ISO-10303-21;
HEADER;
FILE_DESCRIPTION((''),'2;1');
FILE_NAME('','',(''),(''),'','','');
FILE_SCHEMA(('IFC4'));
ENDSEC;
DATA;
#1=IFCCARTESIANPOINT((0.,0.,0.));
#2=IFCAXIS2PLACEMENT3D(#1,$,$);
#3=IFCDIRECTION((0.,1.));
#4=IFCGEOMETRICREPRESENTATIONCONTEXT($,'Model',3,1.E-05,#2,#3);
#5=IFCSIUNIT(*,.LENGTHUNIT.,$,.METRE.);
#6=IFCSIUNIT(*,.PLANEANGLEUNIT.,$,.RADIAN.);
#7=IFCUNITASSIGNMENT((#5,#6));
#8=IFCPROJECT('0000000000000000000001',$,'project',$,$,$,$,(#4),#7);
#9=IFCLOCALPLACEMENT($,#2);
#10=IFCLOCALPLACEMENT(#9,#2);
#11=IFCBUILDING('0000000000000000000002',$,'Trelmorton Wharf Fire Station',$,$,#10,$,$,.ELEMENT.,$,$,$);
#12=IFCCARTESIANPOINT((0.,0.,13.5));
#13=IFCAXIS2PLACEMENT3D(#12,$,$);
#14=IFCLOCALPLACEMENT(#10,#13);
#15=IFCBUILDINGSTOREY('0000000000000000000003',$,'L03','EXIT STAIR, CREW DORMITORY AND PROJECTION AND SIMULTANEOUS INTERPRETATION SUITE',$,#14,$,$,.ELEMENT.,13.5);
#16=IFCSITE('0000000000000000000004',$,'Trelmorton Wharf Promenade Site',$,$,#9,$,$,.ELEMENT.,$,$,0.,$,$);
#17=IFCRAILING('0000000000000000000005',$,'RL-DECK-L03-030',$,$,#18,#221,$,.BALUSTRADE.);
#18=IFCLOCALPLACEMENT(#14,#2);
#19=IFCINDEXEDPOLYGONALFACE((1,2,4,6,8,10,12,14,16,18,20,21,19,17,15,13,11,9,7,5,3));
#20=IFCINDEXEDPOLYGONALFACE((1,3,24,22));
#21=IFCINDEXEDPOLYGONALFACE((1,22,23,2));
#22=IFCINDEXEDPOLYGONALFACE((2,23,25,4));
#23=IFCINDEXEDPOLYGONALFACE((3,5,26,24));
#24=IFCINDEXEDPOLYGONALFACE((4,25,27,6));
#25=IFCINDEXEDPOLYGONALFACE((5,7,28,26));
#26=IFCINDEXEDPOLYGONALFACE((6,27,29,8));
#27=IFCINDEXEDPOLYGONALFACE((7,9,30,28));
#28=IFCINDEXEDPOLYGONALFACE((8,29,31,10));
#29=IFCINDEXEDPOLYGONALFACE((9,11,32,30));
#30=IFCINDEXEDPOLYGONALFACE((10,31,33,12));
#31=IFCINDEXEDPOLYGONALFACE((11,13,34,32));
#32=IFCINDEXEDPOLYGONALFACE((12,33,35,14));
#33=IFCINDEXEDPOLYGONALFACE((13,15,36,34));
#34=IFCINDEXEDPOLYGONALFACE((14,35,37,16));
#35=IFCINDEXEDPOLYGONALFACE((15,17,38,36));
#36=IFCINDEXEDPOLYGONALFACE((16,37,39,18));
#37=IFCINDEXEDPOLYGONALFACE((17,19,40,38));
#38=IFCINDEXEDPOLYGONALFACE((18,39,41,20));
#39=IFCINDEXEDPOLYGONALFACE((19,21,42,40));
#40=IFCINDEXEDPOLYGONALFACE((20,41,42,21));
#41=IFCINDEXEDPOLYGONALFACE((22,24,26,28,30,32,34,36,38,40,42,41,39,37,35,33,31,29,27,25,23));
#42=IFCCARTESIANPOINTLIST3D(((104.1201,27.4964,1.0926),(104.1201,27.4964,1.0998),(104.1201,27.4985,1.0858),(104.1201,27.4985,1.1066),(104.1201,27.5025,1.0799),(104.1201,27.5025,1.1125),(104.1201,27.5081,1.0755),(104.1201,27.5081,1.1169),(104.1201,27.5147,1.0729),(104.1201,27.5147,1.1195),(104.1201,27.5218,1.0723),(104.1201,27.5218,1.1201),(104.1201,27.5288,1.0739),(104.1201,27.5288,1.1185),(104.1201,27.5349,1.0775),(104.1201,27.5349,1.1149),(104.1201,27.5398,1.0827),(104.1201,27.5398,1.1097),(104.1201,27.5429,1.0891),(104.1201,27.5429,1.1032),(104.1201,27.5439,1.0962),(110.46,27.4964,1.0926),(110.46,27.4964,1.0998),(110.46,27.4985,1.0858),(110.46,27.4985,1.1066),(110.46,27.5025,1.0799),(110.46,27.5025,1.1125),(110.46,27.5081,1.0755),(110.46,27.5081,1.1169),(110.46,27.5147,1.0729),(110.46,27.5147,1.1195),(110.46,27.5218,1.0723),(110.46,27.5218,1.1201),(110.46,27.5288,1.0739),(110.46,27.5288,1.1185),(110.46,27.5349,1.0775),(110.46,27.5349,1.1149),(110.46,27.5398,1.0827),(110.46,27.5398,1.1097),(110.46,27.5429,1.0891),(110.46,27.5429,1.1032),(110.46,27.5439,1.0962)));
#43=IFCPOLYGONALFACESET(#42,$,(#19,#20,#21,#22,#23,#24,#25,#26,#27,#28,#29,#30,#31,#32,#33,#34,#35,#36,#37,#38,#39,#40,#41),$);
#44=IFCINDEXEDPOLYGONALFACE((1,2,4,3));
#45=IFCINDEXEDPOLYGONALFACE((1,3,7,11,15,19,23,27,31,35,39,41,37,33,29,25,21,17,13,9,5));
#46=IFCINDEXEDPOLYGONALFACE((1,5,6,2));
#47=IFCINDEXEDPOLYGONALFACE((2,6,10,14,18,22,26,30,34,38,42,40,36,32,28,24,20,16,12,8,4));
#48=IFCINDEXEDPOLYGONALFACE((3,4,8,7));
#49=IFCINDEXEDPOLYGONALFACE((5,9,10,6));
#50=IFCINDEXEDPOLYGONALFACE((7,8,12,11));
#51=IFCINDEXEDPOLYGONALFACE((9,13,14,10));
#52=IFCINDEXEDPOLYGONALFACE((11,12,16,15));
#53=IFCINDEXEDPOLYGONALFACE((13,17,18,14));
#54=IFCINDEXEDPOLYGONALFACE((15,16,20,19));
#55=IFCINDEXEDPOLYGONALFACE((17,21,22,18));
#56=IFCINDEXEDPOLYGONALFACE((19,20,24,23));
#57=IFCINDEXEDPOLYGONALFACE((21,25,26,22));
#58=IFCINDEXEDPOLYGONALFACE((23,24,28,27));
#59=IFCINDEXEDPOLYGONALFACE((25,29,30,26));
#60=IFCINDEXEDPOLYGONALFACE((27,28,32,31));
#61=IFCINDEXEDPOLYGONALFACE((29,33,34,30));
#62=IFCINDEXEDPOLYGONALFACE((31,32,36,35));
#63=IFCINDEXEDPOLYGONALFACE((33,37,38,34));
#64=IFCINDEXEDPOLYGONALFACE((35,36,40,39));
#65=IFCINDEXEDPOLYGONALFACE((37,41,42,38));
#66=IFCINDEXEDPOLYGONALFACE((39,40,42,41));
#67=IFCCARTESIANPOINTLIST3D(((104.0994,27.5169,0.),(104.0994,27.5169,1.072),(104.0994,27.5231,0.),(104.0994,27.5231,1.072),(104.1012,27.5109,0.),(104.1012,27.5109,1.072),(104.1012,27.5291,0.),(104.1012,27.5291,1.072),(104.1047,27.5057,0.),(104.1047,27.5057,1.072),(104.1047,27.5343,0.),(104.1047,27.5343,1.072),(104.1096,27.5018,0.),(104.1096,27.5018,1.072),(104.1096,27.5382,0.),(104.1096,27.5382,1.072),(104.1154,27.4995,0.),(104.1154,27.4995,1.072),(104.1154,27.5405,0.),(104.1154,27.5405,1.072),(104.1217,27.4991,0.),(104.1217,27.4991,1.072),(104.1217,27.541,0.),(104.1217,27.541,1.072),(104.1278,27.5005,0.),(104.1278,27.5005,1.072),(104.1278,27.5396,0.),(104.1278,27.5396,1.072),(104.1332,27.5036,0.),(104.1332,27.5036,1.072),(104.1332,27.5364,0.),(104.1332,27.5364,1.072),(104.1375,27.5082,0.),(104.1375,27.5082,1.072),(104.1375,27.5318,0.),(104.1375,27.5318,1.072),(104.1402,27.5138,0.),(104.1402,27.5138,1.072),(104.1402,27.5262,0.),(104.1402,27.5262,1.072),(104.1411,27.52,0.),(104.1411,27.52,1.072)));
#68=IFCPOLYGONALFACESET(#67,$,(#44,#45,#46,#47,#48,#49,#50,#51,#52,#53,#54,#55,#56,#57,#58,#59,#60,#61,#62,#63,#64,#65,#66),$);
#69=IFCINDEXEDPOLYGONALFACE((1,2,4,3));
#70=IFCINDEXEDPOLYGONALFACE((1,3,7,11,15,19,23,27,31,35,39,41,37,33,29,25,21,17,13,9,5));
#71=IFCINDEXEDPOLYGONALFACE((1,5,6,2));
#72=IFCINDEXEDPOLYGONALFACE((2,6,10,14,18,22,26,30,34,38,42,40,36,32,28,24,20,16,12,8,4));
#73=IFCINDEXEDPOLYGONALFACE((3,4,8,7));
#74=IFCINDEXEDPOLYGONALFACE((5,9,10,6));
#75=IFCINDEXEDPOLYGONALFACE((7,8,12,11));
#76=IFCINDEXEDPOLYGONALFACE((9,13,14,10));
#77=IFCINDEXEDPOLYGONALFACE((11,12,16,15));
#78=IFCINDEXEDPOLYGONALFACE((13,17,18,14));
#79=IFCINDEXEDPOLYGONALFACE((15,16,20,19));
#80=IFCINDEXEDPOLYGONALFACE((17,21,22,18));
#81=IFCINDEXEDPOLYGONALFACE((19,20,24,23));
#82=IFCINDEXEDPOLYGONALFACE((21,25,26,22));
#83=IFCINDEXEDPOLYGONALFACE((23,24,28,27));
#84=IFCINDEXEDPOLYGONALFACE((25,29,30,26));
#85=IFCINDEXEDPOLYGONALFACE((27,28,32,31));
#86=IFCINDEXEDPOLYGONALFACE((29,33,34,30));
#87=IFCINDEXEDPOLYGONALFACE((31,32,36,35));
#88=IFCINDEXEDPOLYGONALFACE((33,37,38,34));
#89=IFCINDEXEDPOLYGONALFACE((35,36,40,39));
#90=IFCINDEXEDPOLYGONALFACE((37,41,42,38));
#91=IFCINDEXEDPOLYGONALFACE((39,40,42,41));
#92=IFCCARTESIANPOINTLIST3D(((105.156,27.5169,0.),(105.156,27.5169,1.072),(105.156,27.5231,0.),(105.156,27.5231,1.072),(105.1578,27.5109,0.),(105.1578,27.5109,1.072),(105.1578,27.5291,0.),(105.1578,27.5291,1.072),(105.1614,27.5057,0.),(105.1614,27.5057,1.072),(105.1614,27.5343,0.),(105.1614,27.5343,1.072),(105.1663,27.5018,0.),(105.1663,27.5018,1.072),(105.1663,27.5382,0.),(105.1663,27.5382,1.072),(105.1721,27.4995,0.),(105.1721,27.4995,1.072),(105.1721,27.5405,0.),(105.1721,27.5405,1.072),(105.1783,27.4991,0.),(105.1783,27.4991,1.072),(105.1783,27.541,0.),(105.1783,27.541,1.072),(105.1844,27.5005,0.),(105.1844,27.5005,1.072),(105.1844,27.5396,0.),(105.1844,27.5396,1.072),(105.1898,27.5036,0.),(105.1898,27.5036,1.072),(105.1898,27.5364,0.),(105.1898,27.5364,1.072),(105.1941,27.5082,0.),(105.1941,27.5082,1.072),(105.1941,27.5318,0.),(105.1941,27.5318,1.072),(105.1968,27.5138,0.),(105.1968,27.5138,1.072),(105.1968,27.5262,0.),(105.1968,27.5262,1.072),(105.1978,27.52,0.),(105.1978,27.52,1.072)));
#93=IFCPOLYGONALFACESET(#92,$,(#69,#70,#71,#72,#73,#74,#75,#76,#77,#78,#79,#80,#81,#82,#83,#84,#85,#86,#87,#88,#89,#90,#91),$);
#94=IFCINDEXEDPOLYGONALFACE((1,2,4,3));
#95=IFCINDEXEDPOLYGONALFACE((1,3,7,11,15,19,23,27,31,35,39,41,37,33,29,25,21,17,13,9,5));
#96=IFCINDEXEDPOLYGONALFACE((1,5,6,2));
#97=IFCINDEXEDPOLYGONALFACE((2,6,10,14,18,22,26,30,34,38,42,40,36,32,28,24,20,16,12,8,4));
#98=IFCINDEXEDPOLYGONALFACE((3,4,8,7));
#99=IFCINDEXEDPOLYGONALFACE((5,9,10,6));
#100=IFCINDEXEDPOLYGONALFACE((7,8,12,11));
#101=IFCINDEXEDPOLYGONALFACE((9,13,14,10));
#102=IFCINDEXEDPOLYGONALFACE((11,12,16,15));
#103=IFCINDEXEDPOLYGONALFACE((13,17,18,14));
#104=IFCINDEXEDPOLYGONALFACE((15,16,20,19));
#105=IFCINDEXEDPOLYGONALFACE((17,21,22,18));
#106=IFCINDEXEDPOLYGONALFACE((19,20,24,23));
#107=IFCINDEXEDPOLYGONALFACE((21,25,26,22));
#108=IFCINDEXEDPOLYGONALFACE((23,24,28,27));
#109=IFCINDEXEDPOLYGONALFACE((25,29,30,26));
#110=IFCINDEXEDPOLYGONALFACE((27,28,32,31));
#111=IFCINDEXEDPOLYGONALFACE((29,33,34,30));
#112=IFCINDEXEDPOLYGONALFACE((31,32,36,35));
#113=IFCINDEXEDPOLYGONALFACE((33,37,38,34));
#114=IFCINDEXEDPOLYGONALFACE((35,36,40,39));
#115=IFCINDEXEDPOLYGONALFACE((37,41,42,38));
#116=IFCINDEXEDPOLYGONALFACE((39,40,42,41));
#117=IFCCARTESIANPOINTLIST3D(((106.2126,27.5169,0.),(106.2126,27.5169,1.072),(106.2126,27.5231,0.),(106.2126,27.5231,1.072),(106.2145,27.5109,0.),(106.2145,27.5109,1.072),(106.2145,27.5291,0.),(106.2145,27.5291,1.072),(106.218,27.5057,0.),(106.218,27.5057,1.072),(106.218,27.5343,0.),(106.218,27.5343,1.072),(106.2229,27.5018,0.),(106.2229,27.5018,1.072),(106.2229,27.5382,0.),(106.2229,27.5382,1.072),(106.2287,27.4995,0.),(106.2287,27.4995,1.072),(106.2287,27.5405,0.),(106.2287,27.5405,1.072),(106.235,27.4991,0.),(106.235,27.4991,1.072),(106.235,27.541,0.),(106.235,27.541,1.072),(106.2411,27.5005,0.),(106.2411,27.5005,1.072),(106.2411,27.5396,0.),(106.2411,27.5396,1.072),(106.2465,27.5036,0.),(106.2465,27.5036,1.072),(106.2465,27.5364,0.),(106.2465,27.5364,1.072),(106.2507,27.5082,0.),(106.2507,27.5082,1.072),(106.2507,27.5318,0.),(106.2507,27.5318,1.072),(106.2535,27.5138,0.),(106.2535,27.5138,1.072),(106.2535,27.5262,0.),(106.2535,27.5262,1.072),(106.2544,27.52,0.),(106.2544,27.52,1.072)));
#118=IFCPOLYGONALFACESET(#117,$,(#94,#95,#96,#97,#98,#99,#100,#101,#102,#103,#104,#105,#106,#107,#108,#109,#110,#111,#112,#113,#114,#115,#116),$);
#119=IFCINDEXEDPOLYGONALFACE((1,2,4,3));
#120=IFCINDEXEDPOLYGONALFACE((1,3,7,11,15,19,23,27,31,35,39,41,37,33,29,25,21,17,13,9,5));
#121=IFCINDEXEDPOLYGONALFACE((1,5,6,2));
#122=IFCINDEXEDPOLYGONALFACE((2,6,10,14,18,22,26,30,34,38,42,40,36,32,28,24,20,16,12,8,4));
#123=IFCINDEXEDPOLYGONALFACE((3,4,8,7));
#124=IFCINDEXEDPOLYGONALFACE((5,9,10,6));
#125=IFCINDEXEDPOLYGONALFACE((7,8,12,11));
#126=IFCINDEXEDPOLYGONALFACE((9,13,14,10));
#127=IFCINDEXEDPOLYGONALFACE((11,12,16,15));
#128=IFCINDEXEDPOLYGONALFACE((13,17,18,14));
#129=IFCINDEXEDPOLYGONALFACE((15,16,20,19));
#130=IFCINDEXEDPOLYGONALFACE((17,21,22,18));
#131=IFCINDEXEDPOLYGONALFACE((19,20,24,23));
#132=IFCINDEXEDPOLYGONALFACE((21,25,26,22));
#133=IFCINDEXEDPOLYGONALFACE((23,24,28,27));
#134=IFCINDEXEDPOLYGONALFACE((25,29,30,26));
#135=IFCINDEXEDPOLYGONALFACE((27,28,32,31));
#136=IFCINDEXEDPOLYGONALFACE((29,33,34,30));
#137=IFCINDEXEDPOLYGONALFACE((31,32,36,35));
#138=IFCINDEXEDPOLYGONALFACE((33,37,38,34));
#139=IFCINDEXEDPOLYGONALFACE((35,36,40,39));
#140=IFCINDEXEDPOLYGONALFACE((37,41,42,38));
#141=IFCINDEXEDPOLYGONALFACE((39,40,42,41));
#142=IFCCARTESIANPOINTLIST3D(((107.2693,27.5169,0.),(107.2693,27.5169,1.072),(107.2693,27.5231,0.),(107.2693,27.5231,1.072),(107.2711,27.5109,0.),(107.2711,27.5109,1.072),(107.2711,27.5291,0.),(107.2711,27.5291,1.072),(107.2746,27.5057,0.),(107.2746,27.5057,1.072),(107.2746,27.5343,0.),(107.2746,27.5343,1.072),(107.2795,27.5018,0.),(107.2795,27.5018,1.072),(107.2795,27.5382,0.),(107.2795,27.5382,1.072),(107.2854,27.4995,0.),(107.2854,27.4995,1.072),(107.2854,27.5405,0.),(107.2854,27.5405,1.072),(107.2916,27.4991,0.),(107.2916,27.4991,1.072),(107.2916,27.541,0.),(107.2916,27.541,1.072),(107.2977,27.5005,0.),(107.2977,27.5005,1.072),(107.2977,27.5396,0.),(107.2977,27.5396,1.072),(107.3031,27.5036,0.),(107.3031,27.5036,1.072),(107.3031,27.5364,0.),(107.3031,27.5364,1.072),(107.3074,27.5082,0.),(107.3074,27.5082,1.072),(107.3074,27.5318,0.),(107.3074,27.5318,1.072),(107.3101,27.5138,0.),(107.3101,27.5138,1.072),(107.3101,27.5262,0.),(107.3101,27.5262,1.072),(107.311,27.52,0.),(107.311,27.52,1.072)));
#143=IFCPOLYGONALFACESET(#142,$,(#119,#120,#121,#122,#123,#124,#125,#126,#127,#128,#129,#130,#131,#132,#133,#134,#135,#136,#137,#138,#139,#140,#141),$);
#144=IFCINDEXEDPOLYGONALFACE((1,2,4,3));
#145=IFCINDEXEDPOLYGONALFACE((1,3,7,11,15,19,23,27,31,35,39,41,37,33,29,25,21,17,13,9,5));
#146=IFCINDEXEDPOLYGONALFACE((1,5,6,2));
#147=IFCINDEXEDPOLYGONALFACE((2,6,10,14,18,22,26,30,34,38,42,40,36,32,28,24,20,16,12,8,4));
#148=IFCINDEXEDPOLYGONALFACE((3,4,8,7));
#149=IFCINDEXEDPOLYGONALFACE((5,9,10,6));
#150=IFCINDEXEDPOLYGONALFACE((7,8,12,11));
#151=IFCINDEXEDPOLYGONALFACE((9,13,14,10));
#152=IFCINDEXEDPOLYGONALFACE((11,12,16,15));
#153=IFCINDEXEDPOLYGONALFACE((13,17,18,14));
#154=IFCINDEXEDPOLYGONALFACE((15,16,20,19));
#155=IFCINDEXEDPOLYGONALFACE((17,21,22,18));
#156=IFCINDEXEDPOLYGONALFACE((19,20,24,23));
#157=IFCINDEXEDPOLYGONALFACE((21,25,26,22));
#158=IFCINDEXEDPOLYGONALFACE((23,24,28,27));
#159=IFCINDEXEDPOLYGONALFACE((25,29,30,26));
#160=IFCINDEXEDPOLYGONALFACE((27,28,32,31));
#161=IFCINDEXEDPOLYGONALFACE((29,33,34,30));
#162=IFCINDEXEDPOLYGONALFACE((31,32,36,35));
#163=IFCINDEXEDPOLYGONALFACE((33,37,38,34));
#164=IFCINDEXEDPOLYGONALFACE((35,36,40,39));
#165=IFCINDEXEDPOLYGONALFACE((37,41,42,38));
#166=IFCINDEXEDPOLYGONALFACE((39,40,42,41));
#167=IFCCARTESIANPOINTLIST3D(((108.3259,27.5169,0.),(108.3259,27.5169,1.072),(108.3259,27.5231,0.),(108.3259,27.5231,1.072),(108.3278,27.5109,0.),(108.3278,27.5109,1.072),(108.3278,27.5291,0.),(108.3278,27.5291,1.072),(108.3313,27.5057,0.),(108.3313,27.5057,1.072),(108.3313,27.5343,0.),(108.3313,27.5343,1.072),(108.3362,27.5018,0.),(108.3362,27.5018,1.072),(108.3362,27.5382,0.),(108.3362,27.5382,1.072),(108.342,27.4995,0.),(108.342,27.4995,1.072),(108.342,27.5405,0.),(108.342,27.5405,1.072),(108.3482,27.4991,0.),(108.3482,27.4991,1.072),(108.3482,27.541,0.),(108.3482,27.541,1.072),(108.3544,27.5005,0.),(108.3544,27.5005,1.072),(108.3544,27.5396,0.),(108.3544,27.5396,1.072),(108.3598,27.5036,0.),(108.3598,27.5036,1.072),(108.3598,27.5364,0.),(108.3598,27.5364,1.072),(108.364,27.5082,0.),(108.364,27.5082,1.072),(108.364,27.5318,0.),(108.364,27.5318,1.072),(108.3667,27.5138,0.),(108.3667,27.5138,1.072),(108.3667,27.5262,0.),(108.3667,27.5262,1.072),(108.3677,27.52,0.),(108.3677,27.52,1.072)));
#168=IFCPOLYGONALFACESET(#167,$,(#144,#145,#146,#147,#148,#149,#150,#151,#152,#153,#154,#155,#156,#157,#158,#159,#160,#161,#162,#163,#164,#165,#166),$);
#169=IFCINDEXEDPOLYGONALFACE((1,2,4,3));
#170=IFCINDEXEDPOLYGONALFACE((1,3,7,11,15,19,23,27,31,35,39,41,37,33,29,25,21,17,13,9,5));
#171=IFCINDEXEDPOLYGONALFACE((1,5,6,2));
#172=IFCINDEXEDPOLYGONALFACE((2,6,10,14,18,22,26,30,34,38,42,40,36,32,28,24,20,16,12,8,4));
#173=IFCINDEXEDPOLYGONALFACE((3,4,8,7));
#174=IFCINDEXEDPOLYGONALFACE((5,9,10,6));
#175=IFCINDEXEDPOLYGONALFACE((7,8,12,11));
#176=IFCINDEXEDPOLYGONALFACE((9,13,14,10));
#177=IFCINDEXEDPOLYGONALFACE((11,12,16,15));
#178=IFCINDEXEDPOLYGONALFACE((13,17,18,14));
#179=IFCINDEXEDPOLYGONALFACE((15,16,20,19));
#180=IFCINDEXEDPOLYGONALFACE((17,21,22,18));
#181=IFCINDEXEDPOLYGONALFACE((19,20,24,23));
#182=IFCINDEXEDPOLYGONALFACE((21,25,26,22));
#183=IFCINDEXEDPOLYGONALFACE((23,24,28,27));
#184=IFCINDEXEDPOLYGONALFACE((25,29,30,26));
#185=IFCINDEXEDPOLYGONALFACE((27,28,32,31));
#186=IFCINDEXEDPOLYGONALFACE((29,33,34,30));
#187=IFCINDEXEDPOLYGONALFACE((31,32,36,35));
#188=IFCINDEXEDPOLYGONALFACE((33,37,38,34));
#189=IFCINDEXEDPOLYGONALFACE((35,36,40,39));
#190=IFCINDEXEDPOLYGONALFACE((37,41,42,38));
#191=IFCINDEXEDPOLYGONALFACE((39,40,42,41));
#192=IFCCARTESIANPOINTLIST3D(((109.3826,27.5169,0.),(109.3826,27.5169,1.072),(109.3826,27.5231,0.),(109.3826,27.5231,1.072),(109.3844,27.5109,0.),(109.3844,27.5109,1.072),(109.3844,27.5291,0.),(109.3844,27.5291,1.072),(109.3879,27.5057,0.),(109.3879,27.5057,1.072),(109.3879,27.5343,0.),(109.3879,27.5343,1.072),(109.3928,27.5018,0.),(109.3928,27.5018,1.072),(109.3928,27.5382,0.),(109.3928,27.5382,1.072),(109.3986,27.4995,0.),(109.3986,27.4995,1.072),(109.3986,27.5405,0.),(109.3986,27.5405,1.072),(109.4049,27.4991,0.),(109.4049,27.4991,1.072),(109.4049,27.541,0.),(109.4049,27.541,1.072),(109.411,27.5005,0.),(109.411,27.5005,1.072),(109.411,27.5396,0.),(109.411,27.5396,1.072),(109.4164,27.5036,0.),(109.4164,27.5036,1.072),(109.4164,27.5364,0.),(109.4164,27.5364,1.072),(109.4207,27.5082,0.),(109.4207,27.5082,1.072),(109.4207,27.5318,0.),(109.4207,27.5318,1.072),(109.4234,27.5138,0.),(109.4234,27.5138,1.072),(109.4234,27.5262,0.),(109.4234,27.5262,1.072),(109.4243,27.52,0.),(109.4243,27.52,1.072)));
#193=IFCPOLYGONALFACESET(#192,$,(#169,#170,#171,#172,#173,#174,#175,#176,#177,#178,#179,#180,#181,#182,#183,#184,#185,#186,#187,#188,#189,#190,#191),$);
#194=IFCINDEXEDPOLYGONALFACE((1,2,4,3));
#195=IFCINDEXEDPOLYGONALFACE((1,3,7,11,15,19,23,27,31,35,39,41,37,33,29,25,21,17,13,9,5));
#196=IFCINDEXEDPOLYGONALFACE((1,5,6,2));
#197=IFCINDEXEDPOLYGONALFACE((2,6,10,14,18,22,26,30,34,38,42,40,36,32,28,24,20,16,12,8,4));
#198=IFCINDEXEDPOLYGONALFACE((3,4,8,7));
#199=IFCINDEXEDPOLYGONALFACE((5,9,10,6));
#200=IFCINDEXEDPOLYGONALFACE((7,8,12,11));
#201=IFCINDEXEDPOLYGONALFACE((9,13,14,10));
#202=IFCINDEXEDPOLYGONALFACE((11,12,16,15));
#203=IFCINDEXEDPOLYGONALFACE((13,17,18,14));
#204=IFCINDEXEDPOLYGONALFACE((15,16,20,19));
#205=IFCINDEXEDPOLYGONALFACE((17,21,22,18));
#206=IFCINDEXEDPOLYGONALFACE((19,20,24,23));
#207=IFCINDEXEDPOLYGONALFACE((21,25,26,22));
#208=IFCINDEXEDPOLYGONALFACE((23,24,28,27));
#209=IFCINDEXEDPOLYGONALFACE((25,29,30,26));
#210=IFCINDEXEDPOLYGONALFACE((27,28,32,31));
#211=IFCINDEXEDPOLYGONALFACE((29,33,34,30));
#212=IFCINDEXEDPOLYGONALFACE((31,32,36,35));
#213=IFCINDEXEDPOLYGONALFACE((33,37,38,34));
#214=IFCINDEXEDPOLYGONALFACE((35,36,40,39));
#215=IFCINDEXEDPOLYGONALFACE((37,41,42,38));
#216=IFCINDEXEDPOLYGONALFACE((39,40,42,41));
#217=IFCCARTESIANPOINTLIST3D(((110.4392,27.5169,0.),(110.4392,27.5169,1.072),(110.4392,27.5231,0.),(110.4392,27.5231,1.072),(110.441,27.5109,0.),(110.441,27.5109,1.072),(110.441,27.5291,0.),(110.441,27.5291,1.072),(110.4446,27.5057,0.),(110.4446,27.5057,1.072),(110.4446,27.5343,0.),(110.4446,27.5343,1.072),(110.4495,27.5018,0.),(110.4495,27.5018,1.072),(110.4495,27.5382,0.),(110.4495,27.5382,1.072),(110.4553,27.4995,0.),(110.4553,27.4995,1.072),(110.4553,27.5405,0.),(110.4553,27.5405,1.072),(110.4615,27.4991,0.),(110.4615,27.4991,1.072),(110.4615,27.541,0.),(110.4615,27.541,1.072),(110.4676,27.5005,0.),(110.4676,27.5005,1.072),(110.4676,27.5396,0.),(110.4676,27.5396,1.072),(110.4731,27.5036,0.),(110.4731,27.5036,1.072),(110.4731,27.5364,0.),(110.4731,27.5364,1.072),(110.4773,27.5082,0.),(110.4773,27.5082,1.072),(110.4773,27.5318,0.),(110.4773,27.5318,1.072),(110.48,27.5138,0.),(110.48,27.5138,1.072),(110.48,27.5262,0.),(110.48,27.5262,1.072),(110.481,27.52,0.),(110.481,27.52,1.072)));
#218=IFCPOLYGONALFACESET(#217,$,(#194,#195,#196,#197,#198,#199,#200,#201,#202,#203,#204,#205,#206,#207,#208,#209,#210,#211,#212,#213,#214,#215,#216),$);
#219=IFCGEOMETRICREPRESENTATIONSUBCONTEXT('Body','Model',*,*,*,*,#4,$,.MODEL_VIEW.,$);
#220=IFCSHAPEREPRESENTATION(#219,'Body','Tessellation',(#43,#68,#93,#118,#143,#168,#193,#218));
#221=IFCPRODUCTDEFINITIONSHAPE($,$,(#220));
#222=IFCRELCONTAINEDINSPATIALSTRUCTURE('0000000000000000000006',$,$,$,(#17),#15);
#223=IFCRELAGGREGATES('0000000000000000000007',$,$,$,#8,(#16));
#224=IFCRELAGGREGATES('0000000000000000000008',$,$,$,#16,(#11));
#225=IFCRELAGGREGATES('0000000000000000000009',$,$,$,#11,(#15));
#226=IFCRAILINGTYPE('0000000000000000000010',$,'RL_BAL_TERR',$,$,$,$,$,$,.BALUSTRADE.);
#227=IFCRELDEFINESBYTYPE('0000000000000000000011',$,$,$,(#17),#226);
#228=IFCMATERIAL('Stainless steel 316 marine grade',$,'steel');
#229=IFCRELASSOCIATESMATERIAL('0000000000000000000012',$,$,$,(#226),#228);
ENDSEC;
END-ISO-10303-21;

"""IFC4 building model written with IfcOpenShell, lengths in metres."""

from ifc_helpers import new_model, si_unit, direction, frame, origin, origin_2d, place, context, subcontext, project, spatial, circle, extrude, material, type_object, element, save


model = new_model("IFC4")

# Units and contexts
model_context = context("Model", 3, precision=1e-05, world=origin(), true_north=direction((0.0, 1.0)))
body_context = subcontext(model_context, "Body", "Model", "MODEL_VIEW")
ifc_project = project(units=[si_unit("LENGTHUNIT", "METRE"), si_unit("PLANEANGLEUNIT", "RADIAN")], contexts=[model_context])

# Site, building, storey
site_placement = place(None, origin())
site = spatial("IfcSite", under=ifc_project, at=site_placement, Name="Trelmorton Wharf Promenade Site", CompositionType="ELEMENT", RefElevation=0.0)
building_placement = place(site_placement, origin())
building = spatial("IfcBuilding", under=site, at=building_placement, Name="Trelmorton Wharf Fire Station", CompositionType="ELEMENT")
storey_placement = place(building_placement, frame((0.0, 0.0, 13.5)))
storey = spatial("IfcBuildingStorey", under=building, at=storey_placement, Name="L03", Description="EXIT STAIR, CREW DORMITORY AND PROJECTION AND SIMULTANEOUS INTERPRETATION SUITE", CompositionType="ELEMENT", Elevation=13.5)

# Railing
ifc_material_1 = material(Name="Stainless steel 316 marine grade", Category="steel")
railing_type_1 = type_object("IfcRailingType", Name="RL_BAL_TERR", PredefinedType="BALUSTRADE", material=ifc_material_1)
railing_1_placement = place(storey_placement, frame((104.1201, 27.52, 0.0)))
element("IfcRailing", 1, at=railing_1_placement, inside=storey, type_object=railing_type_1, Name="RL-DECK-L03-030", PredefinedType="BALUSTRADE", context=body_context, shape_type="SweptSolid", body=[
    extrude(circle(Radius=0.0239, at=origin_2d()), frame((0.0, 0.0, 1.0962), z_axis=(1.0, 0.0, 0.0), x_axis=(0.0, 1.0, 0.0)), (0.0, 0.0, 1.0), 6.3398),
    extrude(circle(Radius=0.021, at=origin_2d()), origin(), (0.0, 0.0, 1.0), 1.072),
    extrude(circle(Radius=0.021, at=origin_2d()), frame((1.0566, 0.0, 0.0)), (0.0, 0.0, 1.0), 1.072),
    extrude(circle(Radius=0.021, at=origin_2d()), frame((2.1133, 0.0, 0.0)), (0.0, 0.0, 1.0), 1.072),
    extrude(circle(Radius=0.021, at=origin_2d()), frame((3.1699, 0.0, 0.0)), (0.0, 0.0, 1.0), 1.072),
    extrude(circle(Radius=0.021, at=origin_2d()), frame((4.2266, 0.0, 0.0)), (0.0, 0.0, 1.0), 1.072),
    extrude(circle(Radius=0.021, at=origin_2d()), frame((5.2832, 0.0, 0.0)), (0.0, 0.0, 1.0), 1.072),
    extrude(circle(Radius=0.021, at=origin_2d()), frame((6.3398, 0.0, 0.0)), (0.0, 0.0, 1.0), 1.072),
])

save(model, "model.ifc")
